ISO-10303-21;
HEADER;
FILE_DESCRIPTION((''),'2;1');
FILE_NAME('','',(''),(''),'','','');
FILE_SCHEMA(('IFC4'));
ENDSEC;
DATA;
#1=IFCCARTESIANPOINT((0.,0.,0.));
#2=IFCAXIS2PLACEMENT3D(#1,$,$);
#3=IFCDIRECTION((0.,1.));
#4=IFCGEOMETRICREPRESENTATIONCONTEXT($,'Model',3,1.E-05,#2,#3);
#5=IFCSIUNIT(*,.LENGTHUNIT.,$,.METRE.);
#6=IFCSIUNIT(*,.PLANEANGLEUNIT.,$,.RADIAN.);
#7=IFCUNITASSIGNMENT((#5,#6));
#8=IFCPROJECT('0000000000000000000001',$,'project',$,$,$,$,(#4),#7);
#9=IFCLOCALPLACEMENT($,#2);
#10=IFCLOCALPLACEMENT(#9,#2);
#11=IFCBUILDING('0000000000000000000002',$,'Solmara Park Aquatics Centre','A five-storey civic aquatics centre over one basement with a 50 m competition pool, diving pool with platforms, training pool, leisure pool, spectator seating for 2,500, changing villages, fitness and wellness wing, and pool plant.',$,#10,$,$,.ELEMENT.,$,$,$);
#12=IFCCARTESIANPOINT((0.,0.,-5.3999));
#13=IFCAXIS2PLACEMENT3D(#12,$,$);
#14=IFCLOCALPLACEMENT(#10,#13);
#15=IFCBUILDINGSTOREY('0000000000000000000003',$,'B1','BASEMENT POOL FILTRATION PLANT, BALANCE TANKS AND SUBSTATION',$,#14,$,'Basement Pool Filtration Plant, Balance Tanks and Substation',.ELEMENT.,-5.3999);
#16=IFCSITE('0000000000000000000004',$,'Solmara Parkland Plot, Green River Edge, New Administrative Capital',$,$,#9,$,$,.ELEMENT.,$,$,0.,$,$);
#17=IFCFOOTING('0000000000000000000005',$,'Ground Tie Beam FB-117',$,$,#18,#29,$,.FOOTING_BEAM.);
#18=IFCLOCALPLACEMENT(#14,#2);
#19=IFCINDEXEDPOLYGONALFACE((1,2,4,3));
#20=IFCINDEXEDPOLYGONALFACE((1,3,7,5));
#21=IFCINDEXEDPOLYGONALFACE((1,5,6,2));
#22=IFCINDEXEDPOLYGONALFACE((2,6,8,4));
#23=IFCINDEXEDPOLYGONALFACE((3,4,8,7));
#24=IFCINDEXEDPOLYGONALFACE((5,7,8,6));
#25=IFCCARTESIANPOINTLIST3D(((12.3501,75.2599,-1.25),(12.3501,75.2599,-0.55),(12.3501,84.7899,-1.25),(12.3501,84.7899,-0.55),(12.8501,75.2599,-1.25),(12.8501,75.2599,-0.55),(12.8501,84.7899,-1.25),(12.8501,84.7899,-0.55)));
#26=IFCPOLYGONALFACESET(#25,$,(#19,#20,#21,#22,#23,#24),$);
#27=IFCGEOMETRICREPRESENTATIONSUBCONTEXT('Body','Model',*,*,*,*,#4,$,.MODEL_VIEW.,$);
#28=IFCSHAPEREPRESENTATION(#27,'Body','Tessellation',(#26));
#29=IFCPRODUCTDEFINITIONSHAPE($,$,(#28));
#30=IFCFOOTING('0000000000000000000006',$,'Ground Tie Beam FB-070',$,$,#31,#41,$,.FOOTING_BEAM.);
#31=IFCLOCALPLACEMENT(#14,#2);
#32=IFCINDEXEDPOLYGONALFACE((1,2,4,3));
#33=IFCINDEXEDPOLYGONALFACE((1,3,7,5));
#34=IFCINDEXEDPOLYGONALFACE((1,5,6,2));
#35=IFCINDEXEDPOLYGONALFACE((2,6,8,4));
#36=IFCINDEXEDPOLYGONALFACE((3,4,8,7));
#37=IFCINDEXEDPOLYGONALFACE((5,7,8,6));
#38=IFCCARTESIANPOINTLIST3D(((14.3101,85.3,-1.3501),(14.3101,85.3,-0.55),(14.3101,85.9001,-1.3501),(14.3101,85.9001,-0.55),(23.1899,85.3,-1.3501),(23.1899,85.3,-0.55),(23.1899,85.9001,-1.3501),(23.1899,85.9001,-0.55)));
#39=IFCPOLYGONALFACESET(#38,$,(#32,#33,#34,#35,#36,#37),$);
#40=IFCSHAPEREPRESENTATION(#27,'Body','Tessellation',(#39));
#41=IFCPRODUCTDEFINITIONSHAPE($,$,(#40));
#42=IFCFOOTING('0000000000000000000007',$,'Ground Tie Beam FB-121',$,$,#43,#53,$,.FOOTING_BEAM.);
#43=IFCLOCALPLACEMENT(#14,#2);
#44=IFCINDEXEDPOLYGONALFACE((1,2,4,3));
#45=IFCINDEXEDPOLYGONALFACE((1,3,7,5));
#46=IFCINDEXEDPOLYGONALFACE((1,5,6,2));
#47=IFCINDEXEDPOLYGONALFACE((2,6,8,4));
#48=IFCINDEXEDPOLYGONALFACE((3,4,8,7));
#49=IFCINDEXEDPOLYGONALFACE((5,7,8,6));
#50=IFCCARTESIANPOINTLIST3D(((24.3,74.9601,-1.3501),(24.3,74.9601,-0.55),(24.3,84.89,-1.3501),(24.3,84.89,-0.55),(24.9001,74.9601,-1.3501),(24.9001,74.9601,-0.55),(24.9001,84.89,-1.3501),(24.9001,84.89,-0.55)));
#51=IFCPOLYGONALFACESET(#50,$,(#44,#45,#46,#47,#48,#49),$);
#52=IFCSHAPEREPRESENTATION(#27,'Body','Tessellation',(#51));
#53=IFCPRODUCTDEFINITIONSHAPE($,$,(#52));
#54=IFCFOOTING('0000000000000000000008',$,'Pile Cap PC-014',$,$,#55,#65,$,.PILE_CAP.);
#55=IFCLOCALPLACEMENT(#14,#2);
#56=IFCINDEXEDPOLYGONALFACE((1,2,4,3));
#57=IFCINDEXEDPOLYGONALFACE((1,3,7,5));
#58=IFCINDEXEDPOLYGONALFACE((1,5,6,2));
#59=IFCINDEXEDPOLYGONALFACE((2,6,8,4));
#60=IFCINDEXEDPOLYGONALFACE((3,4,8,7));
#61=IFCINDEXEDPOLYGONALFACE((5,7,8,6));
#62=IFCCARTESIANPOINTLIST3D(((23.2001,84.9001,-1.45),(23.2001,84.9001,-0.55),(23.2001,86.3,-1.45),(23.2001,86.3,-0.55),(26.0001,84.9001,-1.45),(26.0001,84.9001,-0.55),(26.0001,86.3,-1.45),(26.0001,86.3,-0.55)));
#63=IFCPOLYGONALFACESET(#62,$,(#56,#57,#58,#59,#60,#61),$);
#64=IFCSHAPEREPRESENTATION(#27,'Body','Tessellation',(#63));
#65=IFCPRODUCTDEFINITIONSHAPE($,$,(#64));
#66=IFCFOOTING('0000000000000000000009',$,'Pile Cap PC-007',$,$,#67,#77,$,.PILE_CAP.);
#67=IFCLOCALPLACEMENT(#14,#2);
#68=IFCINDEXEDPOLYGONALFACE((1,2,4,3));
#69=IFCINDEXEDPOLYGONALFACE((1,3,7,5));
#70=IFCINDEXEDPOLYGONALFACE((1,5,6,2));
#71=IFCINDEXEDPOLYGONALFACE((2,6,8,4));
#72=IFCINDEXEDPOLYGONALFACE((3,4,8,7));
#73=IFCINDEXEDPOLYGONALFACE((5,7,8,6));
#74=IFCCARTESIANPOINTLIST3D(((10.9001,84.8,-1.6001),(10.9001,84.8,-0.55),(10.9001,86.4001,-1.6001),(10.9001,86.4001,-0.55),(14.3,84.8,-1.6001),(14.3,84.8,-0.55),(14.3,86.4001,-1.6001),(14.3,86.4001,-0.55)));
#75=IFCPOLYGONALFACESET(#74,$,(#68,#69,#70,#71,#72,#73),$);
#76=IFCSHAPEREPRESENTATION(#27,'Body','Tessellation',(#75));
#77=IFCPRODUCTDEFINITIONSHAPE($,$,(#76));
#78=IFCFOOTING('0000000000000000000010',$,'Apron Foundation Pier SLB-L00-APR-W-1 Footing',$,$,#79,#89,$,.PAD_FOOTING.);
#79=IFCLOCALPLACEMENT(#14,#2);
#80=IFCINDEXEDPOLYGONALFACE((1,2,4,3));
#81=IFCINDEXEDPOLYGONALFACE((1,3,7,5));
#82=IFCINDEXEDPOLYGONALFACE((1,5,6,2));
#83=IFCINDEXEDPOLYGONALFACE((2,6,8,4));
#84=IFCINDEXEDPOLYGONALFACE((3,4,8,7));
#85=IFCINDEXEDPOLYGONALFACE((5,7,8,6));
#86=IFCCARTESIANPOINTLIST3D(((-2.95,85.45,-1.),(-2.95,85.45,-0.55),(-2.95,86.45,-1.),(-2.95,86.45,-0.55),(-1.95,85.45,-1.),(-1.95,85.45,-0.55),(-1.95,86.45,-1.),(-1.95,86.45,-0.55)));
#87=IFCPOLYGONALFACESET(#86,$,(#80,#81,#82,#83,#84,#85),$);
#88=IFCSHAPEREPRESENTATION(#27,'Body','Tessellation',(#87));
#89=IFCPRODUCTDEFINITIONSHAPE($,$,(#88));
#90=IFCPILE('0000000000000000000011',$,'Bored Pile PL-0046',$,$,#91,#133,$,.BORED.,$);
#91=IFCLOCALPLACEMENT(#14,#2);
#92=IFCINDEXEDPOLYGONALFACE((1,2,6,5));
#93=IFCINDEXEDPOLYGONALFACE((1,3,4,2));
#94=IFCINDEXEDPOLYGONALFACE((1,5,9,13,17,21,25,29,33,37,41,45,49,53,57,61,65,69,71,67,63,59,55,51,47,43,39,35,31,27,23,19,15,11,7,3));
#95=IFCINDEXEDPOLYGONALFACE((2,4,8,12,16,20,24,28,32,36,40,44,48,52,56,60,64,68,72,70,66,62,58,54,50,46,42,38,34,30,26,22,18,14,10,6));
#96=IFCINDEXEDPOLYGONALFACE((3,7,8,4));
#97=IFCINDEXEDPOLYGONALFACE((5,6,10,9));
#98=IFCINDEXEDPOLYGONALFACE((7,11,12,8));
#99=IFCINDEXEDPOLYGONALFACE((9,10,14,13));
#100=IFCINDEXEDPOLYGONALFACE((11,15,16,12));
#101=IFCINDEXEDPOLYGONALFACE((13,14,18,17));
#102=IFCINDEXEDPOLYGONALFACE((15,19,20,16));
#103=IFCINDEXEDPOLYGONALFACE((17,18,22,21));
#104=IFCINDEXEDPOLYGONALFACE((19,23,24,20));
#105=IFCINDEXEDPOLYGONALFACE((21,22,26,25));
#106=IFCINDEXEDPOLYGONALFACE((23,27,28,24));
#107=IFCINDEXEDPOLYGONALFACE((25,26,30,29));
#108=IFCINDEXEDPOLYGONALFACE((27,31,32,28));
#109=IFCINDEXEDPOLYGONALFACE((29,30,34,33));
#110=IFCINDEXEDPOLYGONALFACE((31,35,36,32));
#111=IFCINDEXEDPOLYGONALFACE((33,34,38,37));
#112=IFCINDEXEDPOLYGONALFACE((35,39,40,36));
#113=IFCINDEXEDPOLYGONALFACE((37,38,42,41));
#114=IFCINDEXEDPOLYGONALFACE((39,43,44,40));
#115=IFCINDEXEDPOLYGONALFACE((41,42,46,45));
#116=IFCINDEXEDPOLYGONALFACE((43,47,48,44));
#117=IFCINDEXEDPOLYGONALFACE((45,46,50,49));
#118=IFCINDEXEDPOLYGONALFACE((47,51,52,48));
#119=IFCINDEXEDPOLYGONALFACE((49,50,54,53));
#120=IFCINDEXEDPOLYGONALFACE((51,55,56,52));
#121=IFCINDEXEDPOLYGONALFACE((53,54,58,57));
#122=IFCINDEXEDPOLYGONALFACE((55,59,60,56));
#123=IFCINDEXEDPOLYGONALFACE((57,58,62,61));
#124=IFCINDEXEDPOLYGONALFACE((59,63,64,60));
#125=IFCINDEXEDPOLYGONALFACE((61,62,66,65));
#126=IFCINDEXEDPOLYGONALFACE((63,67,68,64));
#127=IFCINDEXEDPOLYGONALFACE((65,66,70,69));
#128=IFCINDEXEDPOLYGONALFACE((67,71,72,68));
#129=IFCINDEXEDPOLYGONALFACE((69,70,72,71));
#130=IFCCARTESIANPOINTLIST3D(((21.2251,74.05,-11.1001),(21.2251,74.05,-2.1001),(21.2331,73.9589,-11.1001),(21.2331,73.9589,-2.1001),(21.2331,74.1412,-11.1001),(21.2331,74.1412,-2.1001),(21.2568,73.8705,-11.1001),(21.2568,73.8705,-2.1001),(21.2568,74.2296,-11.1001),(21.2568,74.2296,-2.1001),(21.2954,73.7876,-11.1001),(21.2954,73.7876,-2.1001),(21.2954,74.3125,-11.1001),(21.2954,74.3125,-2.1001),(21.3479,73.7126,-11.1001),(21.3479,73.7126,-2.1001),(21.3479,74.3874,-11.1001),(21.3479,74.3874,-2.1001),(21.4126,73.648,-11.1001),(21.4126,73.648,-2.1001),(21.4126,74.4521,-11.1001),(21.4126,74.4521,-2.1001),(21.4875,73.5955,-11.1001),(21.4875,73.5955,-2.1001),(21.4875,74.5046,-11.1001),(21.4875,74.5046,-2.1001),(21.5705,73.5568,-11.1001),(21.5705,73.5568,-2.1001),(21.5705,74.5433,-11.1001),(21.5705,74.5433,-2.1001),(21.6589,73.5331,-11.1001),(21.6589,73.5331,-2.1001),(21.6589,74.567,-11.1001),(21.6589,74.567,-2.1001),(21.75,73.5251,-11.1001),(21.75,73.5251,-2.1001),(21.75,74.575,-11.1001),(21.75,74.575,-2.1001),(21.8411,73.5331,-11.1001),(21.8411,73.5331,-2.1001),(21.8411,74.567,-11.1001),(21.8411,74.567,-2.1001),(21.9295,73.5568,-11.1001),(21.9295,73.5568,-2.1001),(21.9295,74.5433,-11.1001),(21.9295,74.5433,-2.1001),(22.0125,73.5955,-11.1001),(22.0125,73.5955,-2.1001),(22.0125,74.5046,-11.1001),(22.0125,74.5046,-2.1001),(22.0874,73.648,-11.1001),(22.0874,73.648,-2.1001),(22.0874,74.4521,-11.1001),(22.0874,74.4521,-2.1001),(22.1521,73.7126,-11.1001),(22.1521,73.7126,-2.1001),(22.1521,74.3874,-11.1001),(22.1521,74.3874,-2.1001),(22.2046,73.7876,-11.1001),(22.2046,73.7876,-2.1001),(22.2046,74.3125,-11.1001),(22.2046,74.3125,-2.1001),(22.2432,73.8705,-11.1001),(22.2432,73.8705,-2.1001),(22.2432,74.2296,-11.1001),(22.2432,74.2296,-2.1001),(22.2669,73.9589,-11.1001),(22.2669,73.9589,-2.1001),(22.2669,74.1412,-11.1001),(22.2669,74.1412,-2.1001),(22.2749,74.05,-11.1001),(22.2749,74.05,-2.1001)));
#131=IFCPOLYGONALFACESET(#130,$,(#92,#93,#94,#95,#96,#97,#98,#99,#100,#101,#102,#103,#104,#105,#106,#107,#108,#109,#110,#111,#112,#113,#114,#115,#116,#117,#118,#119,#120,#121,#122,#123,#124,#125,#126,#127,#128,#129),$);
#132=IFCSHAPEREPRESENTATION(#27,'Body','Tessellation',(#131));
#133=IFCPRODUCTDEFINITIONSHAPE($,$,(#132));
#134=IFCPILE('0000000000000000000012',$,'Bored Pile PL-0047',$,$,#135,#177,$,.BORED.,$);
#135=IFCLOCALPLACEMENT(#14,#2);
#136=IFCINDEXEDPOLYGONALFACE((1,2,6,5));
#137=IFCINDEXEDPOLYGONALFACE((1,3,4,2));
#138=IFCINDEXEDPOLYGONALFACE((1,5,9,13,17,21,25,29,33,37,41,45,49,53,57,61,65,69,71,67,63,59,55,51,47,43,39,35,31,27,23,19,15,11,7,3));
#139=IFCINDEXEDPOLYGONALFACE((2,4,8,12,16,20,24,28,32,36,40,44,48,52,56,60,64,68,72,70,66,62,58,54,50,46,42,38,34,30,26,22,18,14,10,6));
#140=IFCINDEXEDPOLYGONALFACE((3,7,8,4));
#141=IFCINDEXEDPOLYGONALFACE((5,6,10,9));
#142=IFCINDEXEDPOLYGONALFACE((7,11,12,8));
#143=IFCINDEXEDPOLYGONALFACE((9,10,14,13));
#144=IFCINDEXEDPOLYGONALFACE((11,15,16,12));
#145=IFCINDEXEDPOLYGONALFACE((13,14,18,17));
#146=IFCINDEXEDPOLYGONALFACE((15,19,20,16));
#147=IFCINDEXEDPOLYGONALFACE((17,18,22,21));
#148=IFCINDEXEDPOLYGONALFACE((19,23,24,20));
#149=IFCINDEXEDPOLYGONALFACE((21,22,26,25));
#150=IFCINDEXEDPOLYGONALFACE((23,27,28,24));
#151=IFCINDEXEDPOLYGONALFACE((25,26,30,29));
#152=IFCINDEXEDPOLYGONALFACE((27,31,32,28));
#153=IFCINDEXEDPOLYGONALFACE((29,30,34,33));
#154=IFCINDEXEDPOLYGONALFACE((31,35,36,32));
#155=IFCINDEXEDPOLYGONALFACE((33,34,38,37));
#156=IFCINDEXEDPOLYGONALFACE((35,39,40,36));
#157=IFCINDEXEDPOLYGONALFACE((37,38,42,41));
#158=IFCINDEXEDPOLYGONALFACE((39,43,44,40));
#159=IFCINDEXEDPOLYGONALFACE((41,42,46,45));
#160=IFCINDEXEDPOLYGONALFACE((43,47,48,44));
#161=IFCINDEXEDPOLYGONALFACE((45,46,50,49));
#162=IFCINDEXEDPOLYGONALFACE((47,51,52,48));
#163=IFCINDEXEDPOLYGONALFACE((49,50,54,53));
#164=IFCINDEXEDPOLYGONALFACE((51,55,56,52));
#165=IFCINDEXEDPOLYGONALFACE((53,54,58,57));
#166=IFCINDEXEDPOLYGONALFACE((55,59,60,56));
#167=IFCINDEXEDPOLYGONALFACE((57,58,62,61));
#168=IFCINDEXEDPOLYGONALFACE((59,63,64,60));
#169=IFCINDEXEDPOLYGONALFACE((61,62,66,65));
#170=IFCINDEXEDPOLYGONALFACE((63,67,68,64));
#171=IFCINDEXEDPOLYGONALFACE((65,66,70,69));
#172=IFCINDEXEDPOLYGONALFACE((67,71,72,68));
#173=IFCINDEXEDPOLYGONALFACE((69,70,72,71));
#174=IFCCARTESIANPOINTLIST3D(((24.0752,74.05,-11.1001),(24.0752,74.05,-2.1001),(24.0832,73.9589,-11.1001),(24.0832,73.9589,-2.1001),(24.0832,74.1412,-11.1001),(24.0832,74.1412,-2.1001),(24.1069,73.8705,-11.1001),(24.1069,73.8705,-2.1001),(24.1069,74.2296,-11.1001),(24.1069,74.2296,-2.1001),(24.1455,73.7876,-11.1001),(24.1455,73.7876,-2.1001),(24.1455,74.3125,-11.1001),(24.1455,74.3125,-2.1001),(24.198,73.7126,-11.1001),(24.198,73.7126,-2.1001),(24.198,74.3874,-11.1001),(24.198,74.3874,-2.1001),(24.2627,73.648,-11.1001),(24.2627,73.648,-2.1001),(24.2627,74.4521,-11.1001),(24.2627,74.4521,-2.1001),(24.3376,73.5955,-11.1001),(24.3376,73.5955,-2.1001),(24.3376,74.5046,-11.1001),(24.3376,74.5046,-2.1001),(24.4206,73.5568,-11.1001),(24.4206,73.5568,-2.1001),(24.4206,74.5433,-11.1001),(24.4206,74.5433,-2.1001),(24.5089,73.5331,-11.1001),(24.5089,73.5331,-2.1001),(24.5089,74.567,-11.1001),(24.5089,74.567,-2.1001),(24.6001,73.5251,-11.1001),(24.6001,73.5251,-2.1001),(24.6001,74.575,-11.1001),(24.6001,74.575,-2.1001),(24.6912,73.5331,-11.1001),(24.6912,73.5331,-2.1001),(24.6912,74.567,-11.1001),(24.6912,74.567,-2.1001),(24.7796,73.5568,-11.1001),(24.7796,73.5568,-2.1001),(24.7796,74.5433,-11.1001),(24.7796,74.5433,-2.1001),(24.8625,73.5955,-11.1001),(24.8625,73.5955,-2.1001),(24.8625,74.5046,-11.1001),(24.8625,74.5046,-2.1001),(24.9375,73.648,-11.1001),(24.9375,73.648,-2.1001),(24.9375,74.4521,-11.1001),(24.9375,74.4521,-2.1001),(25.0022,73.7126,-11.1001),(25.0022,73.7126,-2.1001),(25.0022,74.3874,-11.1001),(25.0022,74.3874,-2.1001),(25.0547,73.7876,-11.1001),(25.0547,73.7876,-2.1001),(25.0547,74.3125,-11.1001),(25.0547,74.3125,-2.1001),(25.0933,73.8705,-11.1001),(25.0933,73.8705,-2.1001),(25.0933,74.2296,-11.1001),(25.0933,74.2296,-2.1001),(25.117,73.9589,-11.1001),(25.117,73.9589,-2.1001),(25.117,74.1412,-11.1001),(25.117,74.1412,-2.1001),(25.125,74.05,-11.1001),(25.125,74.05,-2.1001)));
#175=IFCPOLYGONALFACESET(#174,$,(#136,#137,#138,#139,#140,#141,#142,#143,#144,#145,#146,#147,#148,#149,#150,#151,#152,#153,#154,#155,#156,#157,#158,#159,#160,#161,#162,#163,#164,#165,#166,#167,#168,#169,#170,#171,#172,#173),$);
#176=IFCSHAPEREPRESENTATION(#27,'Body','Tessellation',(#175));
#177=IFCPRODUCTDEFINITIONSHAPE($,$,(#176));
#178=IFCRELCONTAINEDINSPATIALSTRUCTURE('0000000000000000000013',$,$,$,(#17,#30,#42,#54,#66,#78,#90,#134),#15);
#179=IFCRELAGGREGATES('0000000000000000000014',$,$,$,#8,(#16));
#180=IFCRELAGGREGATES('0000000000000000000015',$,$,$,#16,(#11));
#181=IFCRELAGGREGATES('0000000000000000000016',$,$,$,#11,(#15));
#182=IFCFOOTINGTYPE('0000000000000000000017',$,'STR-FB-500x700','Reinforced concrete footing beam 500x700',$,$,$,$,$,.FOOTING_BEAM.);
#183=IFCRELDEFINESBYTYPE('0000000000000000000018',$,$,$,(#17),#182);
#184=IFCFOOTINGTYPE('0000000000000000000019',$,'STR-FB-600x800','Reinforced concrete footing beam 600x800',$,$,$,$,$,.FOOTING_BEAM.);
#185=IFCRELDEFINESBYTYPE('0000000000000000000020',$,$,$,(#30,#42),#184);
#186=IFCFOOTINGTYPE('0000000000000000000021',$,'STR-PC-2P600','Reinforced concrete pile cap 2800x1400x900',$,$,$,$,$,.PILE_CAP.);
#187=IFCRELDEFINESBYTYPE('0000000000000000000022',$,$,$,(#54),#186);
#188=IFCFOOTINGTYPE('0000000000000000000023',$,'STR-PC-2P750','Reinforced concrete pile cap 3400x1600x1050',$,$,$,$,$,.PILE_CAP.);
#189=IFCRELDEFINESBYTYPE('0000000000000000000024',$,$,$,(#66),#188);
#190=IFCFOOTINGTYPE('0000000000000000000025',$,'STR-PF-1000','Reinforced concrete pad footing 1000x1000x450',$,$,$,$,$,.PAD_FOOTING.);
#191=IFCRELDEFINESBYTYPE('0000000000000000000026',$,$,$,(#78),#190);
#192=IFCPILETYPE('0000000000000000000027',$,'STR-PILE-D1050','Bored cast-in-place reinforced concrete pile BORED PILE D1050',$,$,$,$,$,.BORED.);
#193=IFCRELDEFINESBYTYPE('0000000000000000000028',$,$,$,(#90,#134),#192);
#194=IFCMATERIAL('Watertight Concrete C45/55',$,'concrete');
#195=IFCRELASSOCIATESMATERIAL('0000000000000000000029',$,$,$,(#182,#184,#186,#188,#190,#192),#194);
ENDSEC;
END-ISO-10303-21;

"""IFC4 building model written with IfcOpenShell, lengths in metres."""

from ifc_helpers import new_model, si_unit, direction, frame, origin, origin_2d, place, context, subcontext, project, spatial, rectangle, circle, extrude, material, material_profile, profile_set, type_object, element, save


model = new_model("IFC4")

# Units and contexts
model_context = context("Model", 3, precision=1e-05, world=origin(), true_north=direction((0.0, 1.0)))
body_context = subcontext(model_context, "Body", "Model", "MODEL_VIEW")
ifc_project = project(units=[si_unit("LENGTHUNIT", "METRE"), si_unit("PLANEANGLEUNIT", "RADIAN")], contexts=[model_context])

# Site, building, storey
site_placement = place(None, origin())
site = spatial("IfcSite", under=ifc_project, at=site_placement, Name="Solmara Parkland Plot, Green River Edge, New Administrative Capital", CompositionType="ELEMENT", RefElevation=0.0)
building_placement = place(site_placement, origin())
building = spatial("IfcBuilding", under=site, at=building_placement, Name="Solmara Park Aquatics Centre", Description="A five-storey civic aquatics centre over one basement with a 50 m competition pool, diving pool with platforms, training pool, leisure pool, spectator seating for 2,500, changing villages, fitness and wellness wing, and pool plant.", CompositionType="ELEMENT")
storey_placement = place(building_placement, frame((0.0, 0.0, -5.3999)))
storey = spatial("IfcBuildingStorey", under=building, at=storey_placement, Name="B1", Description="BASEMENT POOL FILTRATION PLANT, BALANCE TANKS AND SUBSTATION", LongName="Basement Pool Filtration Plant, Balance Tanks and Substation", CompositionType="ELEMENT", Elevation=-5.3999)

# Footings
ifc_material_1 = material(Name="Watertight Concrete C45/55", Category="concrete")
footing_type_1 = type_object("IfcFootingType", Name="STR-FB-500x700", Description="Reinforced concrete footing beam 500x700", PredefinedType="FOOTING_BEAM", material=ifc_material_1)
footing_1_placement = place(storey_placement, frame((12.6001, 80.0249, -1.25), z_axis=(0.0, 0.0, 1.0), x_axis=(1.0, 0.0, 0.0)))
element("IfcFooting", 1, at=footing_1_placement, inside=storey, type_object=footing_type_1, Name="Ground Tie Beam FB-117", PredefinedType="FOOTING_BEAM", context=body_context, shape_type="SweptSolid", body=[
    extrude(rectangle(XDim=0.5, YDim=9.53, at=origin_2d()), origin(), (0.0, 0.0, 1.0), 0.7),
])
footing_type_2 = type_object("IfcFootingType", Name="STR-FB-600x800", Description="Reinforced concrete footing beam 600x800", PredefinedType="FOOTING_BEAM", material=ifc_material_1)
footing_2_placement = place(storey_placement, frame((18.75, 85.6001, -1.3501), z_axis=(0.0, 0.0, 1.0), x_axis=(1.0, 0.0, 0.0)))
element("IfcFooting", 2, at=footing_2_placement, inside=storey, type_object=footing_type_2, Name="Ground Tie Beam FB-070", PredefinedType="FOOTING_BEAM", context=body_context, shape_type="SweptSolid", body=[
    extrude(rectangle(XDim=8.8799, YDim=0.6001, at=origin_2d()), origin(), (0.0, 0.0, 1.0), 0.8),
])
footing_3_placement = place(storey_placement, frame((24.6001, 79.925, -1.3501), z_axis=(0.0, 0.0, 1.0), x_axis=(1.0, 0.0, 0.0)))
element("IfcFooting", 3, at=footing_3_placement, inside=storey, type_object=footing_type_2, Name="Ground Tie Beam FB-121", PredefinedType="FOOTING_BEAM", context=body_context, shape_type="SweptSolid", body=[
    extrude(rectangle(XDim=0.6001, YDim=9.9299, at=origin_2d()), origin(), (0.0, 0.0, 1.0), 0.8),
])
footing_type_3 = type_object("IfcFootingType", Name="STR-PC-2P600", Description="Reinforced concrete pile cap 2800x1400x900", PredefinedType="PILE_CAP", material=ifc_material_1)
footing_4_placement = place(storey_placement, frame((24.6001, 85.6001, -1.45), z_axis=(0.0, 0.0, 1.0), x_axis=(1.0, 0.0, 0.0)))
element("IfcFooting", 4, at=footing_4_placement, inside=storey, type_object=footing_type_3, Name="Pile Cap PC-014", PredefinedType="PILE_CAP", context=body_context, shape_type="SweptSolid", body=[
    extrude(rectangle(XDim=2.8, YDim=1.3999, at=origin_2d()), origin(), (0.0, 0.0, 1.0), 0.8999),
])
footing_type_4 = type_object("IfcFootingType", Name="STR-PC-2P750", Description="Reinforced concrete pile cap 3400x1600x1050", PredefinedType="PILE_CAP", material=ifc_material_1)
footing_5_placement = place(storey_placement, frame((12.6001, 85.6001, -1.6001), z_axis=(0.0, 0.0, 1.0), x_axis=(1.0, 0.0, 0.0)))
element("IfcFooting", 5, at=footing_5_placement, inside=storey, type_object=footing_type_4, Name="Pile Cap PC-007", PredefinedType="PILE_CAP", context=body_context, shape_type="SweptSolid", body=[
    extrude(rectangle(XDim=3.3999, YDim=1.6001, at=origin_2d()), origin(), (0.0, 0.0, 1.0), 1.05),
])
footing_type_5 = type_object("IfcFootingType", Name="STR-PF-1000", Description="Reinforced concrete pad footing 1000x1000x450", PredefinedType="PAD_FOOTING", material=ifc_material_1)
footing_6_placement = place(storey_placement, frame((-2.45, 85.95, -1.0), z_axis=(0.0, 0.0, 1.0), x_axis=(1.0, 0.0, 0.0)))
element("IfcFooting", 6, at=footing_6_placement, inside=storey, type_object=footing_type_5, Name="Apron Foundation Pier SLB-L00-APR-W-1 Footing", PredefinedType="PAD_FOOTING", context=body_context, shape_type="SweptSolid", body=[
    extrude(rectangle(XDim=1.0, YDim=1.0, at=origin_2d()), origin(), (0.0, 0.0, 1.0), 0.45),
])

# Piles
ifc_material_profile_1 = material_profile(ifc_material_1, circle(Radius=0.5249, at=origin_2d()), Name="BORED PILE D1050")
ifc_profile_set_1 = profile_set([ifc_material_profile_1], Name="Watertight Concrete C45/55")
pile_type_1 = type_object("IfcPileType", Name="STR-PILE-D1050", Description="Bored cast-in-place reinforced concrete pile BORED PILE D1050", PredefinedType="BORED", material=ifc_profile_set_1)
for number, where, z_axis, x_axis, name in (
    (7, (21.75, 74.05, -2.1001), (0.0, 0.0, -1.0), (1.0, 0.0, 0.0), "Bored Pile PL-0046"),
    (8, (24.6001, 74.05, -2.1001), (0.0, 0.0, -1.0), (1.0, 0.0, 0.0), "Bored Pile PL-0047"),
):
    element("IfcPile", number, at=place(storey_placement, frame(where, z_axis=z_axis, x_axis=x_axis)), inside=storey, type_object=pile_type_1, Name=name, PredefinedType="BORED", context=body_context, shape_type="SweptSolid", body=[
        extrude(circle(Radius=0.5249, at=origin_2d()), origin(), (0.0, 0.0, 1.0), 9.0),
    ])

save(model, "model.ifc")
